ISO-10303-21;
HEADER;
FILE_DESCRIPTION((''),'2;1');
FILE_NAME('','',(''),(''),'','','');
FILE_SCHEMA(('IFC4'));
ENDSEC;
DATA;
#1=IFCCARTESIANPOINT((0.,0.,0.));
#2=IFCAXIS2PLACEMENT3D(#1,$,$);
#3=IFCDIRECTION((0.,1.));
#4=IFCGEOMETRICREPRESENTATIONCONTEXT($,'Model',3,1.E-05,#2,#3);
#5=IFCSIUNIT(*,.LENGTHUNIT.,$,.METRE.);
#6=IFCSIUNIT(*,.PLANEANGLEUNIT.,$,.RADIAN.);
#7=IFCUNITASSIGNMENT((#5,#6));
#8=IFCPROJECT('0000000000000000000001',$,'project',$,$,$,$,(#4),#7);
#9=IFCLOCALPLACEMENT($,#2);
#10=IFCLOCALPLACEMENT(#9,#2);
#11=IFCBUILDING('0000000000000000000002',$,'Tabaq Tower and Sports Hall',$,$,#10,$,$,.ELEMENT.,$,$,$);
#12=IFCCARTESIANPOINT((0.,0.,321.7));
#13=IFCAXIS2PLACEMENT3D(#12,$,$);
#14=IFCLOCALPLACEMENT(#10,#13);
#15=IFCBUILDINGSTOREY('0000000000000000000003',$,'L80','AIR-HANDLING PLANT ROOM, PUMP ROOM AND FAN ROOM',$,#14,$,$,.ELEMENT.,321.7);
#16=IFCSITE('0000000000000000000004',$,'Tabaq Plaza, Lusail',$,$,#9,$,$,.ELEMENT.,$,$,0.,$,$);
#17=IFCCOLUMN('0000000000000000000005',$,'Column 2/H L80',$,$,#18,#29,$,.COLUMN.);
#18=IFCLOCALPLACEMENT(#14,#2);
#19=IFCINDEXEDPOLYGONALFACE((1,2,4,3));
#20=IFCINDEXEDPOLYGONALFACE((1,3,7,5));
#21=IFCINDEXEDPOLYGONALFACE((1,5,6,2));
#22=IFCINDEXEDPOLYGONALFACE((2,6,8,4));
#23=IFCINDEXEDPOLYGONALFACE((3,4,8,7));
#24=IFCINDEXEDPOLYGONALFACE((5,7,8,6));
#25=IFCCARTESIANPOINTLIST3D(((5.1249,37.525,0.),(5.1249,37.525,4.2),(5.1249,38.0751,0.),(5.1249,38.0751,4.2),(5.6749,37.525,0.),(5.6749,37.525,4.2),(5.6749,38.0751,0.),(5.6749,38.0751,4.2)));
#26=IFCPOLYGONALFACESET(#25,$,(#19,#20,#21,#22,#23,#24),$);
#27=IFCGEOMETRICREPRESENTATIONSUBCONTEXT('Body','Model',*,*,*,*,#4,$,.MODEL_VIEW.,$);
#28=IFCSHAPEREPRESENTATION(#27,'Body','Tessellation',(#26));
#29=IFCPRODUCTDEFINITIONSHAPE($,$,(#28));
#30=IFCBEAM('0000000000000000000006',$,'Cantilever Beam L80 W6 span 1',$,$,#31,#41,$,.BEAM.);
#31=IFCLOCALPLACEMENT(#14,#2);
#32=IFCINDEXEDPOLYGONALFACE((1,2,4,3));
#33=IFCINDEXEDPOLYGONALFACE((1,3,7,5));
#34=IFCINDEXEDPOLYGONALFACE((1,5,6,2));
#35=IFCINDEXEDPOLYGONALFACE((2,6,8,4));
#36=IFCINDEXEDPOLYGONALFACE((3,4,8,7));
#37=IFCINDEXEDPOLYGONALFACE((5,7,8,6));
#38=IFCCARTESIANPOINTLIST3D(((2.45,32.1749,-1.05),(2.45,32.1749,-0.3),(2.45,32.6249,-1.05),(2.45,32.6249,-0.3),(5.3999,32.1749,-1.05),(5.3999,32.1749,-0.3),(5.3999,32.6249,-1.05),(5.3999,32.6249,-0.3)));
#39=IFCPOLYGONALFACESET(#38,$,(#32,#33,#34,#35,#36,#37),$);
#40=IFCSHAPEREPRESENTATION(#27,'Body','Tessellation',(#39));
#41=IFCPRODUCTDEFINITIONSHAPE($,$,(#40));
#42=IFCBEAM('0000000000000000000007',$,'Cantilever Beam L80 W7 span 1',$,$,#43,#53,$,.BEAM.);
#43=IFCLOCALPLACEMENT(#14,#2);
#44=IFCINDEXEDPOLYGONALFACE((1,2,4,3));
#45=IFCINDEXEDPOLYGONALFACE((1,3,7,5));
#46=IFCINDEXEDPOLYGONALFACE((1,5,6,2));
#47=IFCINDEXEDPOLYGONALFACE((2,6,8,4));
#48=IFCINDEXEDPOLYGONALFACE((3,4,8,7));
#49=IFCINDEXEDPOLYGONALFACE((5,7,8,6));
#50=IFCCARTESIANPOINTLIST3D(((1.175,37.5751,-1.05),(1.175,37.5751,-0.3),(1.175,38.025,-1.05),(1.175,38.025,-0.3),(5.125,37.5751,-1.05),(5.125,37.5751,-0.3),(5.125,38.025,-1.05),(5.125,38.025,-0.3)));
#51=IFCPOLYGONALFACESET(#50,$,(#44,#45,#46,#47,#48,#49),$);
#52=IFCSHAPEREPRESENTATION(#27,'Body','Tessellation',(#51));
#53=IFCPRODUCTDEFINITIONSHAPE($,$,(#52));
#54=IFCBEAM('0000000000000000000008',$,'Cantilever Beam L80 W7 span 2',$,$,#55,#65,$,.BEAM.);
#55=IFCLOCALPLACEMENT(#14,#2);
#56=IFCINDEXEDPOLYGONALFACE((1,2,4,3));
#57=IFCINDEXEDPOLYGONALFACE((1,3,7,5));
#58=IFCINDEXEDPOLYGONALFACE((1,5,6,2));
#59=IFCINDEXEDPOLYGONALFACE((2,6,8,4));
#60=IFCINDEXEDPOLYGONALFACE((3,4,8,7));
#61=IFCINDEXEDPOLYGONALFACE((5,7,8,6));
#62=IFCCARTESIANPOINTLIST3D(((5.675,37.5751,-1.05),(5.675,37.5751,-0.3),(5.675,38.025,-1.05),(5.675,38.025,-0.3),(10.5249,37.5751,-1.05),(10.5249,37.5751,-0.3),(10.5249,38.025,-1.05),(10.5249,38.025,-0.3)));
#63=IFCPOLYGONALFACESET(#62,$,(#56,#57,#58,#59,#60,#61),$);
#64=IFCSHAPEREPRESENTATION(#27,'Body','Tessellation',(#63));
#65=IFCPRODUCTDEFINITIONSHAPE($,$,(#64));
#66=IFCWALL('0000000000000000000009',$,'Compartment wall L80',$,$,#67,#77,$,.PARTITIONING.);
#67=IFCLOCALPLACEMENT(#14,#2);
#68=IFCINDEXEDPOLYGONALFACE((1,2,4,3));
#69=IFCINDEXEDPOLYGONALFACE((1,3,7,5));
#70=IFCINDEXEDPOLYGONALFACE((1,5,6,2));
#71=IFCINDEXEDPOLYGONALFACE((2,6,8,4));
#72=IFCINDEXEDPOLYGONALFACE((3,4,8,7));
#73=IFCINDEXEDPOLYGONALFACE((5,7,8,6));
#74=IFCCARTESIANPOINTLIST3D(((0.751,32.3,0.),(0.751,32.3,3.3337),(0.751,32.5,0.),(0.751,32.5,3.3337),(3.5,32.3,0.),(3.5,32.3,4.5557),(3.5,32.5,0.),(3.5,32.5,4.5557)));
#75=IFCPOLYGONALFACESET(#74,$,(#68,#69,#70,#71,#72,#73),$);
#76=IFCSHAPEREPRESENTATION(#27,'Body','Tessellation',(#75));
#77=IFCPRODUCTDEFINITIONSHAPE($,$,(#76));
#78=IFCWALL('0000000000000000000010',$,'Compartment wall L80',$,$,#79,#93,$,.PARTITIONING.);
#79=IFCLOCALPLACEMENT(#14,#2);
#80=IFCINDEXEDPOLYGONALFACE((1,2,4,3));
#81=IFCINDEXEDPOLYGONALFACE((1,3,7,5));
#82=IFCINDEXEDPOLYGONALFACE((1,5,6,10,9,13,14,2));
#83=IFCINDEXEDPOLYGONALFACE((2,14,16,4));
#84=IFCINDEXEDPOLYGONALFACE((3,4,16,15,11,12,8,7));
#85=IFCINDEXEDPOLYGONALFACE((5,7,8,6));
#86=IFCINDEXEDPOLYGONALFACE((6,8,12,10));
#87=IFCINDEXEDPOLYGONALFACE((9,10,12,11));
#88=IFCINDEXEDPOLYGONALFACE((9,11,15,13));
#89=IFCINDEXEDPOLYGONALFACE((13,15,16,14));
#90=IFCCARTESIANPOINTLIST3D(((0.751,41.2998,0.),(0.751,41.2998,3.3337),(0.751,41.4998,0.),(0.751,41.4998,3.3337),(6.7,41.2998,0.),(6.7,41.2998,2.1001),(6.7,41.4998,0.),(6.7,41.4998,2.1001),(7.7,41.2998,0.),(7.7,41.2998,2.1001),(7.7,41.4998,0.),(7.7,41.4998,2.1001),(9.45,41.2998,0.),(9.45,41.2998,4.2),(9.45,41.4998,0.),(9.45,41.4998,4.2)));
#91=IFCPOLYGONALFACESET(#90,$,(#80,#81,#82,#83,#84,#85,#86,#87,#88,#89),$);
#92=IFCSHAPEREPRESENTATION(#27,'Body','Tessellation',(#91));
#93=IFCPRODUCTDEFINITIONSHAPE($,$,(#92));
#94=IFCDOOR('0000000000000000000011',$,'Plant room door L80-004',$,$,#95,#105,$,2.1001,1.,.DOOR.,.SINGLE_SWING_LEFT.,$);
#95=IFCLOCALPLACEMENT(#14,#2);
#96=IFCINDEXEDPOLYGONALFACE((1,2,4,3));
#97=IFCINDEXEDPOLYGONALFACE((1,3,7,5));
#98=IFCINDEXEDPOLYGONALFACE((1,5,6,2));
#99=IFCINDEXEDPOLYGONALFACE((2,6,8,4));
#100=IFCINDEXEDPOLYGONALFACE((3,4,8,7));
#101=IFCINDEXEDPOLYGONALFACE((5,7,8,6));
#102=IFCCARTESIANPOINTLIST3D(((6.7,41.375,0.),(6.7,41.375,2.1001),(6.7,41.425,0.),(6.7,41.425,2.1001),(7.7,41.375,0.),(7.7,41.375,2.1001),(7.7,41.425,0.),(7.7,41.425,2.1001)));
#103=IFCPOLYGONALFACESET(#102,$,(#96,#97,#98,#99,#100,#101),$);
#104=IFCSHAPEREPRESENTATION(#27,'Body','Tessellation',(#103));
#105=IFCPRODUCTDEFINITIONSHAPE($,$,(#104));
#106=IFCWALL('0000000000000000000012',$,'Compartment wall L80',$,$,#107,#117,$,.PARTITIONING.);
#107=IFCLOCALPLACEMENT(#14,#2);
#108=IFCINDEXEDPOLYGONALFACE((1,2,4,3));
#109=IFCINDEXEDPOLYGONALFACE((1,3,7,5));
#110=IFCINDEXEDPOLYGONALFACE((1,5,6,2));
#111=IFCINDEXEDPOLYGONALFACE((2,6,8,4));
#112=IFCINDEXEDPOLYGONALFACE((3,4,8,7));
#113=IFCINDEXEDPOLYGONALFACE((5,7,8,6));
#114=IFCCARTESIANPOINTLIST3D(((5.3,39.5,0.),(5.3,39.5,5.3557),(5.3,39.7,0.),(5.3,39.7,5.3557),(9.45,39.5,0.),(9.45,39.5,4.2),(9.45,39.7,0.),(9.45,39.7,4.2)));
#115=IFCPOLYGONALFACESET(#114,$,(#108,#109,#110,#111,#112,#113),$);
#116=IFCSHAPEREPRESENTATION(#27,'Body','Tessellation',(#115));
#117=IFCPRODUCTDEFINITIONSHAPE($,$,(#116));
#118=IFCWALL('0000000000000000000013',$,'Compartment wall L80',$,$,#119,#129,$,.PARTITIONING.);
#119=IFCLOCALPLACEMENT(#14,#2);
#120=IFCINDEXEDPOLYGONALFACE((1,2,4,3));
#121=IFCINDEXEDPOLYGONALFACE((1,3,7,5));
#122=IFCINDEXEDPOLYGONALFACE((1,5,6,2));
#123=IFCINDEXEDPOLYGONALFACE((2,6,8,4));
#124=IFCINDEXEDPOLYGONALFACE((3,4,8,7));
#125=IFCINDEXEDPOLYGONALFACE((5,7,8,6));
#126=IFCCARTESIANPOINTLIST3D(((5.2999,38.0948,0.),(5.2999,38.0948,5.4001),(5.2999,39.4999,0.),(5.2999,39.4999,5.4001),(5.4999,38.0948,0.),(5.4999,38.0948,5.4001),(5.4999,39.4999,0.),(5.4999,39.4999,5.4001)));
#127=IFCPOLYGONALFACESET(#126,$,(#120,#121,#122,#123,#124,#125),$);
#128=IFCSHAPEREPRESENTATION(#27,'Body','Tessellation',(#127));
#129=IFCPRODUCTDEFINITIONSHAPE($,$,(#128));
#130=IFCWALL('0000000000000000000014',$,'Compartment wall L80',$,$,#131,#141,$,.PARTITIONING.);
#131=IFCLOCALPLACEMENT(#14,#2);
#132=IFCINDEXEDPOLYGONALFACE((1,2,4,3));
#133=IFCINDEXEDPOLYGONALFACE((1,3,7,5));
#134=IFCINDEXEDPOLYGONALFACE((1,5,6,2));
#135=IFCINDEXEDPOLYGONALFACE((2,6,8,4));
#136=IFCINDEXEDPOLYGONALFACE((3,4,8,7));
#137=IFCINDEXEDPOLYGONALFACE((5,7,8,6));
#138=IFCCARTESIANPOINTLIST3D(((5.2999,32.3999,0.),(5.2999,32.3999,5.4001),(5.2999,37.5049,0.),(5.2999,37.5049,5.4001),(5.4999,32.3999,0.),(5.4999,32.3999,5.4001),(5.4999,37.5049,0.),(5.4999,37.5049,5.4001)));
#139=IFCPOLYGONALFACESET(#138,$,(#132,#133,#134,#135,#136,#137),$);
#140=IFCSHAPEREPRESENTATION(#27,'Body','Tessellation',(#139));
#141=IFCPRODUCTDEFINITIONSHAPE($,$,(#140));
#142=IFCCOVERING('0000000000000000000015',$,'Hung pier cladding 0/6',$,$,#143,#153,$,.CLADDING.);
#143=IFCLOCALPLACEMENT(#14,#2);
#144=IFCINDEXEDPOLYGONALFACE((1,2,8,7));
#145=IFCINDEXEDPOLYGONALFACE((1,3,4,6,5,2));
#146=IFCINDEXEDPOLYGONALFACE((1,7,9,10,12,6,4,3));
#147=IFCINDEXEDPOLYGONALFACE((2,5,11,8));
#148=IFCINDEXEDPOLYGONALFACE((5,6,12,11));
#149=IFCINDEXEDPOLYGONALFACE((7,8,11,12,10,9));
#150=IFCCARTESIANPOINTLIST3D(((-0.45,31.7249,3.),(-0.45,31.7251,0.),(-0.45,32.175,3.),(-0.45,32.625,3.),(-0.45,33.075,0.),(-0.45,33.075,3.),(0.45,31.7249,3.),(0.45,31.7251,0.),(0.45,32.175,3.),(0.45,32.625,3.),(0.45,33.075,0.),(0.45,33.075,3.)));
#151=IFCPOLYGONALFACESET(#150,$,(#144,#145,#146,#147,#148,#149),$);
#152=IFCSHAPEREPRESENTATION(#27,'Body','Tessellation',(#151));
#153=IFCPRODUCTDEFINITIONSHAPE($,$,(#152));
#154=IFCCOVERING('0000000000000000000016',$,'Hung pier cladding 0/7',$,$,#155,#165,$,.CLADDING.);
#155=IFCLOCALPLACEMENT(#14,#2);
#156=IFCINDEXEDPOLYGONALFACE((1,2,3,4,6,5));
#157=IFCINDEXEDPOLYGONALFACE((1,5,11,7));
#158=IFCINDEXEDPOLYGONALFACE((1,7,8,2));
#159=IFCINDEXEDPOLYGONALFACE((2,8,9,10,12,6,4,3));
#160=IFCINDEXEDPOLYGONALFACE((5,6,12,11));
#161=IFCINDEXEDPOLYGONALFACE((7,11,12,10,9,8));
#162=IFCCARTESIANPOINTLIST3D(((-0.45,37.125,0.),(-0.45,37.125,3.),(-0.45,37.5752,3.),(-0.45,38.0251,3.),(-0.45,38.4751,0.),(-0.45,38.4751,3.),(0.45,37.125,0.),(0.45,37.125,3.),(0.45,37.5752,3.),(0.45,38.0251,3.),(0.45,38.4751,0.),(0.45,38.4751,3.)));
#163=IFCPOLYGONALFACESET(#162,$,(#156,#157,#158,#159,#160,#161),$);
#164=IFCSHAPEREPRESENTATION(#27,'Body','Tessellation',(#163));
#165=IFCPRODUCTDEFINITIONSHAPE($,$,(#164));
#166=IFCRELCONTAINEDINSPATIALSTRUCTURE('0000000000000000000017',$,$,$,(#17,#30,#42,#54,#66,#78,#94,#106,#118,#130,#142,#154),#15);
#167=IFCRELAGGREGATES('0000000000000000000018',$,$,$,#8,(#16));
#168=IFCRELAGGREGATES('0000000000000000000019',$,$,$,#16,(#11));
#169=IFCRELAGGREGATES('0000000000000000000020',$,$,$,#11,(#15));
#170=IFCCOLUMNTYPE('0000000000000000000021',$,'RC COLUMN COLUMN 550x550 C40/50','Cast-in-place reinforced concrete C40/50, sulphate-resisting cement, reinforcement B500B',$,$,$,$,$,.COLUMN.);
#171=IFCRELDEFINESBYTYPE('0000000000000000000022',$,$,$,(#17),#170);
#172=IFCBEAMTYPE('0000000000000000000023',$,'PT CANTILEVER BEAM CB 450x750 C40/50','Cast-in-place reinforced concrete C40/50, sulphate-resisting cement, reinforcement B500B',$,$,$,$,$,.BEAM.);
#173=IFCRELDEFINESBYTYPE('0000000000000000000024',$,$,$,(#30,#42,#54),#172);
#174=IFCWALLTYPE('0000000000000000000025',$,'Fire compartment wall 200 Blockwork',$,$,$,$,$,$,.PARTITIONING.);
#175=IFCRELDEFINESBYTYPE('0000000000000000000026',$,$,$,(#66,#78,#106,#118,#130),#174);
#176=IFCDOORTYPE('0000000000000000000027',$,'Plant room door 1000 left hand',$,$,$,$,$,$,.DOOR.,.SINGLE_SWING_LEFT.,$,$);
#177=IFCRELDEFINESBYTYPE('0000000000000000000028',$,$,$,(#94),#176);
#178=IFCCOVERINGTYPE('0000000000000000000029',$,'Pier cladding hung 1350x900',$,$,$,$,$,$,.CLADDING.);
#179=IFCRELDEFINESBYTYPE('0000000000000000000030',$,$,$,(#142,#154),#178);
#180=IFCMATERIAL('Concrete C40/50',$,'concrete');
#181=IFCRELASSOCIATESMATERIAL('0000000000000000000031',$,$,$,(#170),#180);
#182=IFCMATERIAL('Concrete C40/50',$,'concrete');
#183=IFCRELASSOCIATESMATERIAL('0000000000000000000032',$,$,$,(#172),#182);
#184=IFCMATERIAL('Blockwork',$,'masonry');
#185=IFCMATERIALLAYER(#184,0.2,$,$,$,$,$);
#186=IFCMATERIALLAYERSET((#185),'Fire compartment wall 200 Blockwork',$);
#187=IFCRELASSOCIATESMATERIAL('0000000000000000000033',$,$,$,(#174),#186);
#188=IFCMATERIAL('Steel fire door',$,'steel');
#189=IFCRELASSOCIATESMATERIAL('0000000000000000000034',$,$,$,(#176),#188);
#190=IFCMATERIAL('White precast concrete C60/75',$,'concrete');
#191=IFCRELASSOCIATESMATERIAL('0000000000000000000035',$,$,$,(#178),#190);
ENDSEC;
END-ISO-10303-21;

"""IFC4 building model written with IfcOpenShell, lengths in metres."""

from ifc_helpers import new_model, si_unit, direction, frame, frame_2d, origin, origin_2d, place, context, subcontext, project, spatial, polyline, rectangle, outline, extrude, material, layer, layer_set, material_profile, profile_set, type_object, element, fill, save


model = new_model("IFC4")

# Units and contexts
model_context = context("Model", 3, precision=1e-05, world=origin(), true_north=direction((0.0, 1.0)))
body_context = subcontext(model_context, "Body", "Model", "MODEL_VIEW")
ifc_project = project(units=[si_unit("LENGTHUNIT", "METRE"), si_unit("PLANEANGLEUNIT", "RADIAN")], contexts=[model_context])

# Site, building, storey
site_placement = place(None, origin())
site = spatial("IfcSite", under=ifc_project, at=site_placement, Name="Tabaq Plaza, Lusail", CompositionType="ELEMENT", RefElevation=0.0)
building_placement = place(site_placement, origin())
building = spatial("IfcBuilding", under=site, at=building_placement, Name="Tabaq Tower and Sports Hall", CompositionType="ELEMENT")
storey_placement = place(building_placement, frame((0.0, 0.0, 321.7)))
storey = spatial("IfcBuildingStorey", under=building, at=storey_placement, Name="L80", Description="AIR-HANDLING PLANT ROOM, PUMP ROOM AND FAN ROOM", CompositionType="ELEMENT", Elevation=321.7)

# Column
ifc_material_1 = material(Name="Concrete C40/50", Category="concrete")
ifc_material_profile_1 = material_profile(ifc_material_1, rectangle(XDim=0.55, YDim=0.55, at=origin_2d()), Name="COLUMN 550x550")
ifc_profile_set_1 = profile_set([ifc_material_profile_1], Name="Concrete C40/50")
column_type = type_object("IfcColumnType", Name="RC COLUMN COLUMN 550x550 C40/50", Description="Cast-in-place reinforced concrete C40/50, sulphate-resisting cement, reinforcement B500B", PredefinedType="COLUMN", material=ifc_profile_set_1)
column_placement = place(storey_placement, frame((5.3999, 37.8, 0.0), z_axis=(0.0, 0.0, 1.0), x_axis=(1.0, 0.0, 0.0)))
element("IfcColumn", 1, at=column_placement, inside=storey, type_object=column_type, Name="Column 2/H L80", PredefinedType="COLUMN", context=body_context, shape_type="SweptSolid", body=[
    extrude(rectangle(XDim=0.55, YDim=0.55, at=origin_2d()), origin(), (0.0, 0.0, 1.0), 4.2),
])

# Beams
ifc_material_2 = material(Name="Concrete C40/50", Category="concrete")
ifc_material_profile_2 = material_profile(ifc_material_2, rectangle(XDim=0.45, YDim=0.75, at=origin_2d()), Name="CB 450x750")
ifc_profile_set_2 = profile_set([ifc_material_profile_2], Name="Concrete C40/50")
beam_type = type_object("IfcBeamType", Name="PT CANTILEVER BEAM CB 450x750 C40/50", Description="Cast-in-place reinforced concrete C40/50, sulphate-resisting cement, reinforcement B500B", PredefinedType="BEAM", material=ifc_profile_set_2)
beam_1_placement = place(storey_placement, frame((2.45, 32.3999, -0.675), z_axis=(1.0, 0.0, 0.0), x_axis=(0.0, 1.0, 0.0)))
element("IfcBeam", 2, at=beam_1_placement, inside=storey, type_object=beam_type, Name="Cantilever Beam L80 W6 span 1", PredefinedType="BEAM", context=body_context, shape_type="SweptSolid", body=[
    extrude(rectangle(XDim=0.45, YDim=0.75, at=origin_2d()), origin(), (0.0, 0.0, 1.0), 2.95),
])
beam_2_placement = place(storey_placement, frame((1.175, 37.8, -0.675), z_axis=(1.0, 0.0, 0.0), x_axis=(0.0, 1.0, 0.0)))
element("IfcBeam", 3, at=beam_2_placement, inside=storey, type_object=beam_type, Name="Cantilever Beam L80 W7 span 1", PredefinedType="BEAM", context=body_context, shape_type="SweptSolid", body=[
    extrude(rectangle(XDim=0.45, YDim=0.75, at=origin_2d()), origin(), (0.0, 0.0, 1.0), 3.95),
])
beam_3_placement = place(storey_placement, frame((5.675, 37.8, -0.675), z_axis=(1.0, 0.0, 0.0), x_axis=(0.0, 1.0, 0.0)))
element("IfcBeam", 4, at=beam_3_placement, inside=storey, type_object=beam_type, Name="Cantilever Beam L80 W7 span 2", PredefinedType="BEAM", context=body_context, shape_type="SweptSolid", body=[
    extrude(rectangle(XDim=0.45, YDim=0.75, at=origin_2d()), origin(), (0.0, 0.0, 1.0), 4.8499),
])

# Wall
ifc_material_3 = material(Name="Blockwork", Category="masonry")
ifc_layer_1 = layer(ifc_material_3, 0.2)
ifc_layer_set_1 = layer_set([ifc_layer_1], Name="Fire compartment wall 200 Blockwork")
wall_type_1 = type_object("IfcWallType", Name="Fire compartment wall 200 Blockwork", PredefinedType="PARTITIONING", material=ifc_layer_set_1)
wall_1_placement = place(storey_placement, frame((0.751, 32.3999, 0.0), z_axis=(0.0, 0.0, 1.0), x_axis=(1.0, 0.0, 0.0)))
element("IfcWall", 5, at=wall_1_placement, inside=storey, type_object=wall_type_1, Name="Compartment wall L80", PredefinedType="PARTITIONING", context=body_context, shape_type="SweptSolid", body=[
    extrude(outline(polyline([(0.0, 0.0), (2.749, 0.0), (2.749, 4.5557), (0.0, 3.3337), (0.0, 0.0)])), frame((0.0, 0.1001, 0.0), z_axis=(0.0, -1.0, 0.0), x_axis=(1.0, 0.0, 0.0)), (0.0, 0.0, 1.0), 0.2),
])

# Wall, opening, door
wall_2_placement = place(storey_placement, frame((9.45, 41.3999, 0.0), z_axis=(0.0, 0.0, 1.0), x_axis=(-1.0, 0.0, 0.0)))
wall_2 = element("IfcWall", 6, at=wall_2_placement, inside=storey, type_object=wall_type_1, Name="Compartment wall L80", PredefinedType="PARTITIONING", context=body_context, shape_type="SweptSolid", body=[
    extrude(outline(polyline([(0.0, 0.0), (8.699, 0.0), (8.699, 3.3337), (0.0, 4.2), (0.0, 0.0)])), frame((0.0, 0.1001, 0.0), z_axis=(0.0, -1.0, 0.0), x_axis=(1.0, 0.0, 0.0)), (0.0, 0.0, 1.0), 0.2),
])
opening_1_placement = place(wall_2_placement, frame((1.75, 0.0, 0.0)))
opening_1 = element("IfcOpeningElement", 7, at=opening_1_placement, cuts=wall_2, PredefinedType="OPENING", context=body_context, shape_type="SweptSolid", body=[
    extrude(rectangle(XDim=1.0, YDim=2.1001, at=frame_2d((0.5, 1.05))), frame((0.0, 0.1001, 0.0), z_axis=(0.0, -1.0, 0.0), x_axis=(1.0, 0.0, 0.0)), (0.0, 0.0, 1.0), 0.2),
])
ifc_material_4 = material(Name="Steel fire door", Category="steel")
door_type_1 = type_object("IfcDoorType", Name="Plant room door 1000 left hand", OperationType="SINGLE_SWING_LEFT", PredefinedType="DOOR", material=ifc_material_4)
door_1_placement = place(opening_1_placement, origin())
door_1 = element("IfcDoor", 8, at=door_1_placement, inside=storey, type_object=door_type_1, Name="Plant room door L80-004", OperationType="SINGLE_SWING_LEFT", OverallHeight=2.1001, OverallWidth=1.0, PredefinedType="DOOR", context=body_context, shape_type="SweptSolid", body=[
    extrude(rectangle(XDim=1.0, YDim=2.1001, at=frame_2d((0.5, 1.05))), frame((0.0, 0.0249, 0.0), z_axis=(0.0, -1.0, 0.0), x_axis=(1.0, 0.0, 0.0)), (0.0, 0.0, 1.0), 0.05),
])
fill(opening_1, door_1)

# Walls
wall_3_placement = place(storey_placement, frame((9.45, 39.6001, 0.0), z_axis=(0.0, 0.0, 1.0), x_axis=(-1.0, 0.0, 0.0)))
element("IfcWall", 9, at=wall_3_placement, inside=storey, type_object=wall_type_1, Name="Compartment wall L80", PredefinedType="PARTITIONING", context=body_context, shape_type="SweptSolid", body=[
    extrude(outline(polyline([(0.0, 0.0), (4.1499, 0.0), (4.1499, 5.3557), (0.0, 4.2), (0.0, 0.0)])), frame((0.0, 0.1001, 0.0), z_axis=(0.0, -1.0, 0.0), x_axis=(1.0, 0.0, 0.0)), (0.0, 0.0, 1.0), 0.2),
])
wall_4_placement = place(storey_placement, frame((5.3999, 39.5, 0.0), z_axis=(0.0, 0.0, 1.0), x_axis=(0.0, -1.0, 0.0)))
element("IfcWall", 10, at=wall_4_placement, inside=storey, type_object=wall_type_1, Name="Compartment wall L80", PredefinedType="PARTITIONING", context=body_context, shape_type="SweptSolid", body=[
    extrude(rectangle(XDim=1.405, YDim=0.2, at=frame_2d((0.7026, 0.0))), origin(), (0.0, 0.0, 1.0), 5.4001),
])
wall_5_placement = place(storey_placement, frame((5.3999, 37.5049, 0.0), z_axis=(0.0, 0.0, 1.0), x_axis=(0.0, -1.0, 0.0)))
element("IfcWall", 11, at=wall_5_placement, inside=storey, type_object=wall_type_1, Name="Compartment wall L80", PredefinedType="PARTITIONING", context=body_context, shape_type="SweptSolid", body=[
    extrude(rectangle(XDim=5.105, YDim=0.2, at=frame_2d((2.5525, 0.0))), origin(), (0.0, 0.0, 1.0), 5.4001),
])

# Coverings
ifc_material_5 = material(Name="White precast concrete C60/75", Category="concrete")
covering_type_1 = type_object("IfcCoveringType", Name="Pier cladding hung 1350x900", PredefinedType="CLADDING", material=ifc_material_5)
covering_1_placement = place(storey_placement, frame((0.0, 33.075, 0.0), z_axis=(0.0, 0.0, 1.0), x_axis=(0.0, -1.0, 0.0)))
element("IfcCovering", 12, at=covering_1_placement, inside=storey, type_object=covering_type_1, Name="Hung pier cladding 0/6", PredefinedType="CLADDING", context=body_context, shape_type="SweptSolid", body=[
    extrude(outline(polyline([(0.0, 0.0), (1.3499, 0.0), (1.3501, 3.0), (0.8999, 3.0), (0.45, 3.0), (0.0, 3.0), (0.0, 0.0)])), frame((0.0, 0.45, 0.0), z_axis=(0.0, -1.0, 0.0), x_axis=(1.0, 0.0, 0.0)), (0.0, 0.0, 1.0), 0.8999),
])
covering_2_placement = place(storey_placement, frame((0.0, 38.4751, 0.0), z_axis=(0.0, 0.0, 1.0), x_axis=(0.0, -1.0, 0.0)))
element("IfcCovering", 13, at=covering_2_placement, inside=storey, type_object=covering_type_1, Name="Hung pier cladding 0/7", PredefinedType="CLADDING", context=body_context, shape_type="SweptSolid", body=[
    extrude(outline(polyline([(0.0, 0.0), (1.3501, 0.0), (1.3501, 3.0), (0.8999, 3.0), (0.45, 3.0), (0.0, 3.0), (0.0, 0.0)])), frame((0.0, 0.45, 0.0), z_axis=(0.0, -1.0, 0.0), x_axis=(1.0, 0.0, 0.0)), (0.0, 0.0, 1.0), 0.8999),
])

save(model, "model.ifc")
